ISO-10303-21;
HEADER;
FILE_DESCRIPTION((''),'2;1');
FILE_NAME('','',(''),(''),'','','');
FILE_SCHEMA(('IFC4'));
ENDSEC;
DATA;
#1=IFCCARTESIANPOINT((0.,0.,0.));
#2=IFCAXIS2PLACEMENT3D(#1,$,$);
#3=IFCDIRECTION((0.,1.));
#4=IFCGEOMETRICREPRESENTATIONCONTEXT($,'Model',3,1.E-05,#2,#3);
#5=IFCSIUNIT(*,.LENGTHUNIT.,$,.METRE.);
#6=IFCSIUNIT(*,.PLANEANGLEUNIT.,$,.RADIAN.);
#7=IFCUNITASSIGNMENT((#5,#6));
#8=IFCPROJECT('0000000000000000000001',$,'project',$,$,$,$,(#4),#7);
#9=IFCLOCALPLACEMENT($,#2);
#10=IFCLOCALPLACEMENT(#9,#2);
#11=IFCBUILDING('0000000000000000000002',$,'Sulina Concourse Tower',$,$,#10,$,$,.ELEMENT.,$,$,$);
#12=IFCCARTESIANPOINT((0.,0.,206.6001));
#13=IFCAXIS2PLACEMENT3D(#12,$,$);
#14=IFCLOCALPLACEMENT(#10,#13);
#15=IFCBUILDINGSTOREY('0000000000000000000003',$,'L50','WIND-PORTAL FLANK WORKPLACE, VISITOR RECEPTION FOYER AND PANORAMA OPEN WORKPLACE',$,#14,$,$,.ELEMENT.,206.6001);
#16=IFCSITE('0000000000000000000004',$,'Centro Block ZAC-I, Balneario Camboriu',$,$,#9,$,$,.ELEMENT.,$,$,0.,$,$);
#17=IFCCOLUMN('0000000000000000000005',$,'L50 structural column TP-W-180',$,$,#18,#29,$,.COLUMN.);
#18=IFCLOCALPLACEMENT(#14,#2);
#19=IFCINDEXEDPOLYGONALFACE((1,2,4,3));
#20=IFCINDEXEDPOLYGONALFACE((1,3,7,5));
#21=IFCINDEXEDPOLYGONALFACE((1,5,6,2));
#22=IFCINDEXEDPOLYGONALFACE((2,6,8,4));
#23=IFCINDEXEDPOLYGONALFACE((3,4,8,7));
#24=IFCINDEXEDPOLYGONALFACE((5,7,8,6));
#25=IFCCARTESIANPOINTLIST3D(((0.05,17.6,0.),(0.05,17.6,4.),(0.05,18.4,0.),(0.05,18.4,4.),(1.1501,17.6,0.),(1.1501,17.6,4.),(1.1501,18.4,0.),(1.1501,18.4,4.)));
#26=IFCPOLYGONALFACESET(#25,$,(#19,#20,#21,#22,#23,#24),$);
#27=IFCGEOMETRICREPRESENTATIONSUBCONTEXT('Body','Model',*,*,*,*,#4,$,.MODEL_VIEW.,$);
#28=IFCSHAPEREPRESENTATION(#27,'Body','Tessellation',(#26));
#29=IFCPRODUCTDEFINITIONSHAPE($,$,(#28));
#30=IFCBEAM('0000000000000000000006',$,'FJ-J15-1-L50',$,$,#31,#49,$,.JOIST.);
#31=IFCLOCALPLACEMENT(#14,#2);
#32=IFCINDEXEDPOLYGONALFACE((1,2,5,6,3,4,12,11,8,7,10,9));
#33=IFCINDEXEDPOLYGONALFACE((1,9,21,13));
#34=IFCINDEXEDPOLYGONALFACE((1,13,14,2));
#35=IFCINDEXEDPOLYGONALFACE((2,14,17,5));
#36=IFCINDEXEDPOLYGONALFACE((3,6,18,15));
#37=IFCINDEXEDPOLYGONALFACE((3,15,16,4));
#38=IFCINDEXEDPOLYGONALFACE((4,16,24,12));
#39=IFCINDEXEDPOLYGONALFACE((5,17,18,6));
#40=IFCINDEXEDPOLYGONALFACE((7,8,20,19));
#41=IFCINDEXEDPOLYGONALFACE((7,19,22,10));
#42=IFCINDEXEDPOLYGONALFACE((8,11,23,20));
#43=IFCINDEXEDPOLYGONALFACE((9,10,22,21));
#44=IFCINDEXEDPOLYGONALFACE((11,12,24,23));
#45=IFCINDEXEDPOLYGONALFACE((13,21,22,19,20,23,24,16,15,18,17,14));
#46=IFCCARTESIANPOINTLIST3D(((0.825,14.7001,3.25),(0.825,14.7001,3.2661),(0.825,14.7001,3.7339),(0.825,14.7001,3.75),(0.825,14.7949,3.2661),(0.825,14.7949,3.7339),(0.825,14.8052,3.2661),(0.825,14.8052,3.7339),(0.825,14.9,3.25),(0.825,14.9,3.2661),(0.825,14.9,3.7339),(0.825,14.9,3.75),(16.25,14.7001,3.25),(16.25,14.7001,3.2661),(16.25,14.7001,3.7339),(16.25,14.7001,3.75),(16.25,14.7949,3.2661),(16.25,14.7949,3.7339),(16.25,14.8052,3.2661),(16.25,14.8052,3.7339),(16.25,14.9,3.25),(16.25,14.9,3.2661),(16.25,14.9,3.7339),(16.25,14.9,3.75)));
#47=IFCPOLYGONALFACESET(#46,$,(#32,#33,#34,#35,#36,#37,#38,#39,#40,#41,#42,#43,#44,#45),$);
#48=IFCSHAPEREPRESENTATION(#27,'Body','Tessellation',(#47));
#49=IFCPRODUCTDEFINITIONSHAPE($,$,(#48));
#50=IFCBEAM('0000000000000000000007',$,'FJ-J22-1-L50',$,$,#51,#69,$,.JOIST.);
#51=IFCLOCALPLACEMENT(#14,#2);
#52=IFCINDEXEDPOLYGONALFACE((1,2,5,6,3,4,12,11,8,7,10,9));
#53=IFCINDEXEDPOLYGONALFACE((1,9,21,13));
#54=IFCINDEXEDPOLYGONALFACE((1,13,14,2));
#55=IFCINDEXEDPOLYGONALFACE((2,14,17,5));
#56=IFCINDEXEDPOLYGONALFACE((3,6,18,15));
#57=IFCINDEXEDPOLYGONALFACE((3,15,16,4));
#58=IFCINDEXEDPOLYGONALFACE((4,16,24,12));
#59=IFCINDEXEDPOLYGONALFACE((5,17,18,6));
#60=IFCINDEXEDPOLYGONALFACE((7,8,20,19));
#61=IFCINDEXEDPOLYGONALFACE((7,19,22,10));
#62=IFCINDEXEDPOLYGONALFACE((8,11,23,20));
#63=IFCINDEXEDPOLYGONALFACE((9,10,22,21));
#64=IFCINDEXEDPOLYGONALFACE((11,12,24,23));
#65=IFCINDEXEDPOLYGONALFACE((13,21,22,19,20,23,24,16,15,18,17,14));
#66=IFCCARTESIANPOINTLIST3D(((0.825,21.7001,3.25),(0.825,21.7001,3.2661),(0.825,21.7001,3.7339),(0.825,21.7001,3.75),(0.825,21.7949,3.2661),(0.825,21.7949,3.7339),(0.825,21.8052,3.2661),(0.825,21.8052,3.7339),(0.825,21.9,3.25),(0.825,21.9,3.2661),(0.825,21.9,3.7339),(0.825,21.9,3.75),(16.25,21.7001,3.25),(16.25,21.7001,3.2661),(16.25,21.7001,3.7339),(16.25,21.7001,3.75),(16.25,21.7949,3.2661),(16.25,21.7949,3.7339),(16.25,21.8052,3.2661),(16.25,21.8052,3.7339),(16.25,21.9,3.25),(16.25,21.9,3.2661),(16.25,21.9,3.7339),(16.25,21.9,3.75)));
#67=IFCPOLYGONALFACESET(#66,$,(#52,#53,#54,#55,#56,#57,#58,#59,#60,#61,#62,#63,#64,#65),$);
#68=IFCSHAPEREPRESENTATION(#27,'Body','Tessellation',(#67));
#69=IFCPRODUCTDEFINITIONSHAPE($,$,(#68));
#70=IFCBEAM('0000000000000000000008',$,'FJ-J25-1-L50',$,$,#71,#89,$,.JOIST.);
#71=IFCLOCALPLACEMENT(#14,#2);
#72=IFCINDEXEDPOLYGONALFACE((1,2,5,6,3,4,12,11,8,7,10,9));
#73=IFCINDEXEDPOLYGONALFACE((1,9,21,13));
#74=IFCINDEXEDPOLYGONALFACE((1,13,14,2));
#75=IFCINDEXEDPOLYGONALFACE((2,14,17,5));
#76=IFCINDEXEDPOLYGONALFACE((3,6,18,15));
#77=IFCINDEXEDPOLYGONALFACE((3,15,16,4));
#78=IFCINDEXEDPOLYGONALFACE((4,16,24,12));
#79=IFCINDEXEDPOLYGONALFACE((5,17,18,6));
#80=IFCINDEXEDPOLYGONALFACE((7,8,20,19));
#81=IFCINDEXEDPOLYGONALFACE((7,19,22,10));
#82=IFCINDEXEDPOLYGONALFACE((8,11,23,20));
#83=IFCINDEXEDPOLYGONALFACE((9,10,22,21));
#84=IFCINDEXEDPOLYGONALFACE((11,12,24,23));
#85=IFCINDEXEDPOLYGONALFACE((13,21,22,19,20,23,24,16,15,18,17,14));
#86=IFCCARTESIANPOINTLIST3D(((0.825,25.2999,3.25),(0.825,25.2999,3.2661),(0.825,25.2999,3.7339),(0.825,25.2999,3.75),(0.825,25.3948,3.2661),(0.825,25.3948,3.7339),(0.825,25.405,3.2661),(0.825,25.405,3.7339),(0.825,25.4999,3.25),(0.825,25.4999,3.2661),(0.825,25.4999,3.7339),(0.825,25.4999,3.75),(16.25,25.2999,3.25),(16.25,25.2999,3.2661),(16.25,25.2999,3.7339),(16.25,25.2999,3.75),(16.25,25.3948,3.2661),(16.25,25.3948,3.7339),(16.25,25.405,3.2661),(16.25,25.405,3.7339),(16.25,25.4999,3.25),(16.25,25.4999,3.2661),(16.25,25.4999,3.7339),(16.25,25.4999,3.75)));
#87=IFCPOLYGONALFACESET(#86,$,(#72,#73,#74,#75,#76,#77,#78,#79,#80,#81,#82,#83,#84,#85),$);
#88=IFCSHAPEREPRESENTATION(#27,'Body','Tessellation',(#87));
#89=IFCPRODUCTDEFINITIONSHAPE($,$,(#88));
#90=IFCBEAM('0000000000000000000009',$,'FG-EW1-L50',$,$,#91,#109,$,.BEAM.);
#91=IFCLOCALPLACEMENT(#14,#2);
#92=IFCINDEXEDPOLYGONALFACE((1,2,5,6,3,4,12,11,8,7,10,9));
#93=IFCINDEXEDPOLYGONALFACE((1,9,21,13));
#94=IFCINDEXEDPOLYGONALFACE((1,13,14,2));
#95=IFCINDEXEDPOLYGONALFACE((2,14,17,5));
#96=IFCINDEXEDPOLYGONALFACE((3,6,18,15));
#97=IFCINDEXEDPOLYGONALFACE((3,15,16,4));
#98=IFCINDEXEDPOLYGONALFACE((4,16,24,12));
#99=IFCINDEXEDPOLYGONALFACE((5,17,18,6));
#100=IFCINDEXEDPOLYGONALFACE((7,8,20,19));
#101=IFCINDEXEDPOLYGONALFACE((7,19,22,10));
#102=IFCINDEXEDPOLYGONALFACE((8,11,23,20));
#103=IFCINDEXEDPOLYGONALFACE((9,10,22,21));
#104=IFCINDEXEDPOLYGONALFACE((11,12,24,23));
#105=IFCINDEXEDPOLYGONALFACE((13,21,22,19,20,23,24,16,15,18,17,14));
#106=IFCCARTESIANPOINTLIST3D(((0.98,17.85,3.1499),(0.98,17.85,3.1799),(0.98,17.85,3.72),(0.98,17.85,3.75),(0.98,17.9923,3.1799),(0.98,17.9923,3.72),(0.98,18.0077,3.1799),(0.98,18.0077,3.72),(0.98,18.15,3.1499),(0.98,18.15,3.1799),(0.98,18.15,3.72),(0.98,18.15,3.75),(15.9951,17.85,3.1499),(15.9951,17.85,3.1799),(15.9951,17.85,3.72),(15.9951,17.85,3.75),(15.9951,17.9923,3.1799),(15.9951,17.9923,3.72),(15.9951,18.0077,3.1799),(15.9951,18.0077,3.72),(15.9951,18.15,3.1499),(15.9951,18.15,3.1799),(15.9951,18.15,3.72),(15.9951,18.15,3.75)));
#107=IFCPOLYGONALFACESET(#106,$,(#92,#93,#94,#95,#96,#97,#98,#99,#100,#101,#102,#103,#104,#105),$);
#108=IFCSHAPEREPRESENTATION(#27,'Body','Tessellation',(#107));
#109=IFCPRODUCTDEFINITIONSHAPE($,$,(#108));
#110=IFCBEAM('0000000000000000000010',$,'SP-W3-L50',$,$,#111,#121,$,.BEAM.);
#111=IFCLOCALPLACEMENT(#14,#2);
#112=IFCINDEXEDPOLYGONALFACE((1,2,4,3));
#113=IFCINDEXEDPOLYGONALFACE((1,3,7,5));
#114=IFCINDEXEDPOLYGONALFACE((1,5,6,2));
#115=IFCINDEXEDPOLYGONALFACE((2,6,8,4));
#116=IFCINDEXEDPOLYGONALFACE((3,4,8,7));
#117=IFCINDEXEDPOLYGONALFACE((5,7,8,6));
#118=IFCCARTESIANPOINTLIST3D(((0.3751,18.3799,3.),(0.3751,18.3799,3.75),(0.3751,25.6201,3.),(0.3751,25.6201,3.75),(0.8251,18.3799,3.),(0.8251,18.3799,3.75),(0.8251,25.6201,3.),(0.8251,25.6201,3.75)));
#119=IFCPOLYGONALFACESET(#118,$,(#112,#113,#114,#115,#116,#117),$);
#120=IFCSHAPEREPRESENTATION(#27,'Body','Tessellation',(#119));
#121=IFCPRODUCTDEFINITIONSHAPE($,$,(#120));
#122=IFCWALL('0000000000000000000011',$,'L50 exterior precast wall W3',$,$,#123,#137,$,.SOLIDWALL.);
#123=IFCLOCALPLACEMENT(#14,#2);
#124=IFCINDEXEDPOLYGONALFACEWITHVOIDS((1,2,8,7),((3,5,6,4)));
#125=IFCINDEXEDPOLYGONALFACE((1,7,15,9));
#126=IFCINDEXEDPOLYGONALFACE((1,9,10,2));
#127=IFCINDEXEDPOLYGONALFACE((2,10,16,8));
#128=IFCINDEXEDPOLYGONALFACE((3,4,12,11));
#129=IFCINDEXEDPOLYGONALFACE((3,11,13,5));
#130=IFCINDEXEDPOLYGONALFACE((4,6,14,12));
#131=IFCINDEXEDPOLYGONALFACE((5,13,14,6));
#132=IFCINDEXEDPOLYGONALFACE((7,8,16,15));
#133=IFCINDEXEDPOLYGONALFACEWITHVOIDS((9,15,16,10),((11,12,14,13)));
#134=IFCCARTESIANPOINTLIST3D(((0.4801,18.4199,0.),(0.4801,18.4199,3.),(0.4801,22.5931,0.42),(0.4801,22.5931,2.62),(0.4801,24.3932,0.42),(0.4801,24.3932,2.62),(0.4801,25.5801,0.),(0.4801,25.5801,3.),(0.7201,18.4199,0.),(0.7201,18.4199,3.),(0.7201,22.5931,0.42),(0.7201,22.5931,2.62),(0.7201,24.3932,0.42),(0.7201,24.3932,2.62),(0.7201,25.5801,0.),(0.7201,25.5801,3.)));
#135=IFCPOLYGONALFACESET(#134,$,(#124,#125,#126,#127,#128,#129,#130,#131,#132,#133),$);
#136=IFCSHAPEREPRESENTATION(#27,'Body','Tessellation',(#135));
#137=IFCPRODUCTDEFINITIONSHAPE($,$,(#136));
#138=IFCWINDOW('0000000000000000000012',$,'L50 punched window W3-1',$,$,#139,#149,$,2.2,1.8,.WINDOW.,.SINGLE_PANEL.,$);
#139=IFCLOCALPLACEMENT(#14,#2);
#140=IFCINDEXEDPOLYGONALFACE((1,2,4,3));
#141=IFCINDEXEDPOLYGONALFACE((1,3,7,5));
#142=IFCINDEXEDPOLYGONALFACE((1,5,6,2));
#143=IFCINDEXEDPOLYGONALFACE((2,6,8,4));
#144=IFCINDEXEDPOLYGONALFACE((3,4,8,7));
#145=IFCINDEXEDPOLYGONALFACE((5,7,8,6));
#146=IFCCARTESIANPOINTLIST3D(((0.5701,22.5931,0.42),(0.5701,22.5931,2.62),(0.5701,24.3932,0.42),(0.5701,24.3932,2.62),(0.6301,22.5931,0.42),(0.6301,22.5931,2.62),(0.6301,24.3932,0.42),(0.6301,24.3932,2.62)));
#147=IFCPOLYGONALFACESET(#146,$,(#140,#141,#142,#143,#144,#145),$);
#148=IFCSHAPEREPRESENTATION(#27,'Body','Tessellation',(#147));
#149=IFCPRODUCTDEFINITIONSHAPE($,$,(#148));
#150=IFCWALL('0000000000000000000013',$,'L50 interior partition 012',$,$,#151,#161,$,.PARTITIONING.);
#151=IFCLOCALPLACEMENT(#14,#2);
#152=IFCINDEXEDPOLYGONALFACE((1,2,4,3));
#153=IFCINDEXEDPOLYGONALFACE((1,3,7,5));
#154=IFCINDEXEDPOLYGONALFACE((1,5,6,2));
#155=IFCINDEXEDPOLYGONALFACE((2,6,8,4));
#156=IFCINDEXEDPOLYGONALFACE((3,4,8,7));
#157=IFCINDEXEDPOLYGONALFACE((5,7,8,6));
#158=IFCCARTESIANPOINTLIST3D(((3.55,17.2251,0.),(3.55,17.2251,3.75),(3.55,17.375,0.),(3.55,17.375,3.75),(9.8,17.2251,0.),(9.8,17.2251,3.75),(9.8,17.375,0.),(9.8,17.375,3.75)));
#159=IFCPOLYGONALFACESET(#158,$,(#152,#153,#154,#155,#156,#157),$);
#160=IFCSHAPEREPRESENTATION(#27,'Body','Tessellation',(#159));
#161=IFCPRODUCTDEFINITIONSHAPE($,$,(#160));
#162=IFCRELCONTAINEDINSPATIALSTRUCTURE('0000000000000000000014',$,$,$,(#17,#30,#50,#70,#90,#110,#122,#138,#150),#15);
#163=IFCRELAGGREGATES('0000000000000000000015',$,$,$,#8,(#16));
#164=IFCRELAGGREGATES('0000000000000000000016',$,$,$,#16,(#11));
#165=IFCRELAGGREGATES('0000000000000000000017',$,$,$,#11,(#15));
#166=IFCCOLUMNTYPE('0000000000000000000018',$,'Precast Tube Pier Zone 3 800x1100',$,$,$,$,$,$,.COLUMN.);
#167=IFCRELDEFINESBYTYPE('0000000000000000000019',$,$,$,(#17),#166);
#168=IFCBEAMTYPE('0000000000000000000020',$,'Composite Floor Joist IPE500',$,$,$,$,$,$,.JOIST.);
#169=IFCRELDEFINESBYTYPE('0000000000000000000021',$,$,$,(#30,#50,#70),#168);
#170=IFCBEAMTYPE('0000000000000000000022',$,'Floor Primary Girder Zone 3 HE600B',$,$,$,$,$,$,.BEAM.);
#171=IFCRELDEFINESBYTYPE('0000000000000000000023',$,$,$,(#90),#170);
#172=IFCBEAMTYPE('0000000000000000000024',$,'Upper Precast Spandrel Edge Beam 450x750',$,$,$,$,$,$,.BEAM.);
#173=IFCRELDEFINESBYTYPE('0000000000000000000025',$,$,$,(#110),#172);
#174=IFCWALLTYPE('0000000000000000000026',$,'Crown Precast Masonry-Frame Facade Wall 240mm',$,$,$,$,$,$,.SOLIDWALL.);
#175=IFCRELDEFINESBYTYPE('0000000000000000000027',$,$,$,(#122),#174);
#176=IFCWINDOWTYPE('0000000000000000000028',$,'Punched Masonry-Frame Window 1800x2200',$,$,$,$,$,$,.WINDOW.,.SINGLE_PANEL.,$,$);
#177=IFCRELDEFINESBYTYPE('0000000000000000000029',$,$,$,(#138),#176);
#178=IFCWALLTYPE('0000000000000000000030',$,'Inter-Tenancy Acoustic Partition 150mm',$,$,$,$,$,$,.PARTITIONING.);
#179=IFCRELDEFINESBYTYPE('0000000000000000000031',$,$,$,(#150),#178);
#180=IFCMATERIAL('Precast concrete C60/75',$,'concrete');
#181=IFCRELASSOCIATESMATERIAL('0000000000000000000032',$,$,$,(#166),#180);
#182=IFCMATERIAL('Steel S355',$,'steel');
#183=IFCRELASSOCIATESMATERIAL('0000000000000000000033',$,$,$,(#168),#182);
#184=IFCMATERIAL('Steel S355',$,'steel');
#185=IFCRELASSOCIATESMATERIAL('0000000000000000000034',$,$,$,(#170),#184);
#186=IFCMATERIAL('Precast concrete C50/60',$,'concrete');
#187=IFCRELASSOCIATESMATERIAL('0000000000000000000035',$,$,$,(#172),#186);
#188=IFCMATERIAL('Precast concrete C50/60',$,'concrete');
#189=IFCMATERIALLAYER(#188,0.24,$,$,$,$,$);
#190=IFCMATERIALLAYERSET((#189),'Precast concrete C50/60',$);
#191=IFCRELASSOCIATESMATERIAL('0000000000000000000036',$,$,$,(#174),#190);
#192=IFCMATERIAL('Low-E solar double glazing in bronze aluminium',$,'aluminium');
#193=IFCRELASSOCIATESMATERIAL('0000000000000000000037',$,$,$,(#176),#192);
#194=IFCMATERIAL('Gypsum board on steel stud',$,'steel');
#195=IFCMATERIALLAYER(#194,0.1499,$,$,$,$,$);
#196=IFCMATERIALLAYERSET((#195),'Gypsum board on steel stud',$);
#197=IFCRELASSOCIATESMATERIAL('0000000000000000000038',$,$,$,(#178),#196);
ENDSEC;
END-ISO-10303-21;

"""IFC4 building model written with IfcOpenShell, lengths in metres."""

from ifc_helpers import new_model, si_unit, direction, frame, frame_2d, origin, origin_2d, place, context, subcontext, project, spatial, rectangle, i_section, extrude, material, layer, layer_set, material_profile, profile_set, type_object, element, fill, save


model = new_model("IFC4")

# Units and contexts
model_context = context("Model", 3, precision=1e-05, world=origin(), true_north=direction((0.0, 1.0)))
body_context = subcontext(model_context, "Body", "Model", "MODEL_VIEW")
ifc_project = project(units=[si_unit("LENGTHUNIT", "METRE"), si_unit("PLANEANGLEUNIT", "RADIAN")], contexts=[model_context])

# Site, building, storey
site_placement = place(None, origin())
site = spatial("IfcSite", under=ifc_project, at=site_placement, Name="Centro Block ZAC-I, Balneario Camboriu", CompositionType="ELEMENT", RefElevation=0.0)
building_placement = place(site_placement, origin())
building = spatial("IfcBuilding", under=site, at=building_placement, Name="Sulina Concourse Tower", CompositionType="ELEMENT")
storey_placement = place(building_placement, frame((0.0, 0.0, 206.6001)))
storey = spatial("IfcBuildingStorey", under=building, at=storey_placement, Name="L50", Description="WIND-PORTAL FLANK WORKPLACE, VISITOR RECEPTION FOYER AND PANORAMA OPEN WORKPLACE", CompositionType="ELEMENT", Elevation=206.6001)

# Column
ifc_material_1 = material(Name="Precast concrete C60/75", Category="concrete")
ifc_material_profile_1 = material_profile(ifc_material_1, rectangle(XDim=0.8, YDim=1.1001, at=origin_2d()), Name="PC 800x1100")
ifc_profile_set_1 = profile_set([ifc_material_profile_1], Name="Precast concrete C60/75")
column_type = type_object("IfcColumnType", Name="Precast Tube Pier Zone 3 800x1100", PredefinedType="COLUMN", material=ifc_profile_set_1)
column_placement = place(storey_placement, frame((0.6001, 18.0, 0.0), z_axis=(0.0, 0.0, 1.0), x_axis=(0.0, 1.0, 0.0)))
element("IfcColumn", 1, at=column_placement, inside=storey, type_object=column_type, Name="L50 structural column TP-W-180", PredefinedType="COLUMN", context=body_context, shape_type="SweptSolid", body=[
    extrude(rectangle(XDim=0.8, YDim=1.1001, at=origin_2d()), origin(), (0.0, 0.0, 1.0), 4.0),
])

# Beams
ifc_material_2 = material(Name="Steel S355", Category="steel")
ifc_material_profile_2 = material_profile(ifc_material_2, i_section(OverallWidth=0.2, OverallDepth=0.5, WebThickness=0.0103, FlangeThickness=0.0161, at=origin_2d()), Name="IPE 500")
ifc_profile_set_2 = profile_set([ifc_material_profile_2], Name="Steel S355")
beam_type_1 = type_object("IfcBeamType", Name="Composite Floor Joist IPE500", PredefinedType="JOIST", material=ifc_profile_set_2)
for number, where, z_axis, x_axis, name in (
    (2, (0.825, 14.8, 3.5), (1.0, 0.0, 0.0), (0.0, 1.0, 0.0), "FJ-J15-1-L50"),
    (3, (0.825, 21.8, 3.5), (1.0, 0.0, 0.0), (0.0, 1.0, 0.0), "FJ-J22-1-L50"),
    (4, (0.825, 25.3999, 3.5), (1.0, 0.0, 0.0), (0.0, 1.0, 0.0), "FJ-J25-1-L50"),
):
    element("IfcBeam", number, at=place(storey_placement, frame(where, z_axis=z_axis, x_axis=x_axis)), inside=storey, type_object=beam_type_1, Name=name, PredefinedType="JOIST", context=body_context, shape_type="SweptSolid", body=[
        extrude(i_section(OverallWidth=0.2, OverallDepth=0.5, WebThickness=0.0103, FlangeThickness=0.0161, at=origin_2d()), origin(), (0.0, 0.0, 1.0), 15.425),
    ])
ifc_material_3 = material(Name="Steel S355", Category="steel")
ifc_material_profile_3 = material_profile(ifc_material_3, i_section(OverallWidth=0.3, OverallDepth=0.6001, WebThickness=0.0154, FlangeThickness=0.03, at=origin_2d()), Name="HE 600 B")
ifc_profile_set_3 = profile_set([ifc_material_profile_3], Name="Steel S355")
beam_type_2 = type_object("IfcBeamType", Name="Floor Primary Girder Zone 3 HE600B", PredefinedType="BEAM", material=ifc_profile_set_3)
beam_1_placement = place(storey_placement, frame((0.98, 18.0, 3.45), z_axis=(1.0, 0.0, 0.0), x_axis=(0.0, 1.0, 0.0)))
element("IfcBeam", 5, at=beam_1_placement, inside=storey, type_object=beam_type_2, Name="FG-EW1-L50", PredefinedType="BEAM", context=body_context, shape_type="SweptSolid", body=[
    extrude(i_section(OverallWidth=0.3, OverallDepth=0.6001, WebThickness=0.0154, FlangeThickness=0.03, at=origin_2d()), origin(), (0.0, 0.0, 1.0), 15.0151),
])
ifc_material_4 = material(Name="Precast concrete C50/60", Category="concrete")
ifc_material_profile_4 = material_profile(ifc_material_4, rectangle(XDim=0.45, YDim=0.75, at=origin_2d()), Name="RC 450x750")
ifc_profile_set_4 = profile_set([ifc_material_profile_4], Name="Precast concrete C50/60")
beam_type_3 = type_object("IfcBeamType", Name="Upper Precast Spandrel Edge Beam 450x750", PredefinedType="BEAM", material=ifc_profile_set_4)
beam_2_placement = place(storey_placement, frame((0.6001, 18.3799, 3.375), z_axis=(0.0, 1.0, 0.0), x_axis=(-1.0, 0.0, 0.0)))
element("IfcBeam", 6, at=beam_2_placement, inside=storey, type_object=beam_type_3, Name="SP-W3-L50", PredefinedType="BEAM", context=body_context, shape_type="SweptSolid", body=[
    extrude(rectangle(XDim=0.45, YDim=0.75, at=origin_2d()), origin(), (0.0, 0.0, 1.0), 7.2402),
])

# Wall, opening, window
ifc_material_5 = material(Name="Precast concrete C50/60", Category="concrete")
ifc_layer_1 = layer(ifc_material_5, 0.24)
ifc_layer_set_1 = layer_set([ifc_layer_1], Name="Precast concrete C50/60")
wall_type_1 = type_object("IfcWallType", Name="Crown Precast Masonry-Frame Facade Wall 240mm", PredefinedType="SOLIDWALL", material=ifc_layer_set_1)
wall_1_placement = place(storey_placement, frame((0.6001, 18.4199, 0.0), z_axis=(0.0, 0.0, 1.0), x_axis=(0.0, 1.0, 0.0)))
wall_1 = element("IfcWall", 7, at=wall_1_placement, inside=storey, type_object=wall_type_1, Name="L50 exterior precast wall W3", PredefinedType="SOLIDWALL", context=body_context, shape_type="SweptSolid", body=[
    extrude(rectangle(XDim=7.1602, YDim=0.24, at=frame_2d((3.5801, 0.0))), origin(), (0.0, 0.0, 1.0), 3.0),
])
opening_1_placement = place(wall_1_placement, frame((4.1733, 0.0, 0.4199)))
opening_1 = element("IfcOpeningElement", 8, at=opening_1_placement, cuts=wall_1, PredefinedType="OPENING", context=body_context, shape_type="SweptSolid", body=[
    extrude(rectangle(XDim=1.8, YDim=2.2, at=frame_2d((0.8999, 1.1001))), frame((0.0, 0.1299, 0.0), z_axis=(0.0, -1.0, 0.0), x_axis=(1.0, 0.0, 0.0)), (0.0, 0.0, 1.0), 0.26),
])
ifc_material_6 = material(Name="Low-E solar double glazing in bronze aluminium", Category="aluminium")
window_type = type_object("IfcWindowType", Name="Punched Masonry-Frame Window 1800x2200", PartitioningType="SINGLE_PANEL", PredefinedType="WINDOW", material=ifc_material_6)
window_placement = place(opening_1_placement, origin())
window = element("IfcWindow", 9, at=window_placement, inside=storey, type_object=window_type, Name="L50 punched window W3-1", OverallHeight=2.2, OverallWidth=1.8, PartitioningType="SINGLE_PANEL", PredefinedType="WINDOW", context=body_context, shape_type="SweptSolid", body=[
    extrude(rectangle(XDim=1.8, YDim=2.2, at=frame_2d((0.8999, 1.1001))), frame((0.0, 0.03, 0.0), z_axis=(0.0, -1.0, 0.0), x_axis=(1.0, 0.0, 0.0)), (0.0, 0.0, 1.0), 0.0601),
])
fill(opening_1, window)

# Wall
ifc_material_7 = material(Name="Gypsum board on steel stud", Category="steel")
ifc_layer_2 = layer(ifc_material_7, 0.1499)
ifc_layer_set_2 = layer_set([ifc_layer_2], Name="Gypsum board on steel stud")
wall_type_2 = type_object("IfcWallType", Name="Inter-Tenancy Acoustic Partition 150mm", PredefinedType="PARTITIONING", material=ifc_layer_set_2)
wall_2_placement = place(storey_placement, frame((3.55, 17.3, 0.0), z_axis=(0.0, 0.0, 1.0), x_axis=(1.0, 0.0, 0.0)))
element("IfcWall", 10, at=wall_2_placement, inside=storey, type_object=wall_type_2, Name="L50 interior partition 012", PredefinedType="PARTITIONING", context=body_context, shape_type="SweptSolid", body=[
    extrude(rectangle(XDim=6.25, YDim=0.1499, at=frame_2d((3.125, 0.0))), origin(), (0.0, 0.0, 1.0), 3.75),
])

save(model, "model.ifc")
